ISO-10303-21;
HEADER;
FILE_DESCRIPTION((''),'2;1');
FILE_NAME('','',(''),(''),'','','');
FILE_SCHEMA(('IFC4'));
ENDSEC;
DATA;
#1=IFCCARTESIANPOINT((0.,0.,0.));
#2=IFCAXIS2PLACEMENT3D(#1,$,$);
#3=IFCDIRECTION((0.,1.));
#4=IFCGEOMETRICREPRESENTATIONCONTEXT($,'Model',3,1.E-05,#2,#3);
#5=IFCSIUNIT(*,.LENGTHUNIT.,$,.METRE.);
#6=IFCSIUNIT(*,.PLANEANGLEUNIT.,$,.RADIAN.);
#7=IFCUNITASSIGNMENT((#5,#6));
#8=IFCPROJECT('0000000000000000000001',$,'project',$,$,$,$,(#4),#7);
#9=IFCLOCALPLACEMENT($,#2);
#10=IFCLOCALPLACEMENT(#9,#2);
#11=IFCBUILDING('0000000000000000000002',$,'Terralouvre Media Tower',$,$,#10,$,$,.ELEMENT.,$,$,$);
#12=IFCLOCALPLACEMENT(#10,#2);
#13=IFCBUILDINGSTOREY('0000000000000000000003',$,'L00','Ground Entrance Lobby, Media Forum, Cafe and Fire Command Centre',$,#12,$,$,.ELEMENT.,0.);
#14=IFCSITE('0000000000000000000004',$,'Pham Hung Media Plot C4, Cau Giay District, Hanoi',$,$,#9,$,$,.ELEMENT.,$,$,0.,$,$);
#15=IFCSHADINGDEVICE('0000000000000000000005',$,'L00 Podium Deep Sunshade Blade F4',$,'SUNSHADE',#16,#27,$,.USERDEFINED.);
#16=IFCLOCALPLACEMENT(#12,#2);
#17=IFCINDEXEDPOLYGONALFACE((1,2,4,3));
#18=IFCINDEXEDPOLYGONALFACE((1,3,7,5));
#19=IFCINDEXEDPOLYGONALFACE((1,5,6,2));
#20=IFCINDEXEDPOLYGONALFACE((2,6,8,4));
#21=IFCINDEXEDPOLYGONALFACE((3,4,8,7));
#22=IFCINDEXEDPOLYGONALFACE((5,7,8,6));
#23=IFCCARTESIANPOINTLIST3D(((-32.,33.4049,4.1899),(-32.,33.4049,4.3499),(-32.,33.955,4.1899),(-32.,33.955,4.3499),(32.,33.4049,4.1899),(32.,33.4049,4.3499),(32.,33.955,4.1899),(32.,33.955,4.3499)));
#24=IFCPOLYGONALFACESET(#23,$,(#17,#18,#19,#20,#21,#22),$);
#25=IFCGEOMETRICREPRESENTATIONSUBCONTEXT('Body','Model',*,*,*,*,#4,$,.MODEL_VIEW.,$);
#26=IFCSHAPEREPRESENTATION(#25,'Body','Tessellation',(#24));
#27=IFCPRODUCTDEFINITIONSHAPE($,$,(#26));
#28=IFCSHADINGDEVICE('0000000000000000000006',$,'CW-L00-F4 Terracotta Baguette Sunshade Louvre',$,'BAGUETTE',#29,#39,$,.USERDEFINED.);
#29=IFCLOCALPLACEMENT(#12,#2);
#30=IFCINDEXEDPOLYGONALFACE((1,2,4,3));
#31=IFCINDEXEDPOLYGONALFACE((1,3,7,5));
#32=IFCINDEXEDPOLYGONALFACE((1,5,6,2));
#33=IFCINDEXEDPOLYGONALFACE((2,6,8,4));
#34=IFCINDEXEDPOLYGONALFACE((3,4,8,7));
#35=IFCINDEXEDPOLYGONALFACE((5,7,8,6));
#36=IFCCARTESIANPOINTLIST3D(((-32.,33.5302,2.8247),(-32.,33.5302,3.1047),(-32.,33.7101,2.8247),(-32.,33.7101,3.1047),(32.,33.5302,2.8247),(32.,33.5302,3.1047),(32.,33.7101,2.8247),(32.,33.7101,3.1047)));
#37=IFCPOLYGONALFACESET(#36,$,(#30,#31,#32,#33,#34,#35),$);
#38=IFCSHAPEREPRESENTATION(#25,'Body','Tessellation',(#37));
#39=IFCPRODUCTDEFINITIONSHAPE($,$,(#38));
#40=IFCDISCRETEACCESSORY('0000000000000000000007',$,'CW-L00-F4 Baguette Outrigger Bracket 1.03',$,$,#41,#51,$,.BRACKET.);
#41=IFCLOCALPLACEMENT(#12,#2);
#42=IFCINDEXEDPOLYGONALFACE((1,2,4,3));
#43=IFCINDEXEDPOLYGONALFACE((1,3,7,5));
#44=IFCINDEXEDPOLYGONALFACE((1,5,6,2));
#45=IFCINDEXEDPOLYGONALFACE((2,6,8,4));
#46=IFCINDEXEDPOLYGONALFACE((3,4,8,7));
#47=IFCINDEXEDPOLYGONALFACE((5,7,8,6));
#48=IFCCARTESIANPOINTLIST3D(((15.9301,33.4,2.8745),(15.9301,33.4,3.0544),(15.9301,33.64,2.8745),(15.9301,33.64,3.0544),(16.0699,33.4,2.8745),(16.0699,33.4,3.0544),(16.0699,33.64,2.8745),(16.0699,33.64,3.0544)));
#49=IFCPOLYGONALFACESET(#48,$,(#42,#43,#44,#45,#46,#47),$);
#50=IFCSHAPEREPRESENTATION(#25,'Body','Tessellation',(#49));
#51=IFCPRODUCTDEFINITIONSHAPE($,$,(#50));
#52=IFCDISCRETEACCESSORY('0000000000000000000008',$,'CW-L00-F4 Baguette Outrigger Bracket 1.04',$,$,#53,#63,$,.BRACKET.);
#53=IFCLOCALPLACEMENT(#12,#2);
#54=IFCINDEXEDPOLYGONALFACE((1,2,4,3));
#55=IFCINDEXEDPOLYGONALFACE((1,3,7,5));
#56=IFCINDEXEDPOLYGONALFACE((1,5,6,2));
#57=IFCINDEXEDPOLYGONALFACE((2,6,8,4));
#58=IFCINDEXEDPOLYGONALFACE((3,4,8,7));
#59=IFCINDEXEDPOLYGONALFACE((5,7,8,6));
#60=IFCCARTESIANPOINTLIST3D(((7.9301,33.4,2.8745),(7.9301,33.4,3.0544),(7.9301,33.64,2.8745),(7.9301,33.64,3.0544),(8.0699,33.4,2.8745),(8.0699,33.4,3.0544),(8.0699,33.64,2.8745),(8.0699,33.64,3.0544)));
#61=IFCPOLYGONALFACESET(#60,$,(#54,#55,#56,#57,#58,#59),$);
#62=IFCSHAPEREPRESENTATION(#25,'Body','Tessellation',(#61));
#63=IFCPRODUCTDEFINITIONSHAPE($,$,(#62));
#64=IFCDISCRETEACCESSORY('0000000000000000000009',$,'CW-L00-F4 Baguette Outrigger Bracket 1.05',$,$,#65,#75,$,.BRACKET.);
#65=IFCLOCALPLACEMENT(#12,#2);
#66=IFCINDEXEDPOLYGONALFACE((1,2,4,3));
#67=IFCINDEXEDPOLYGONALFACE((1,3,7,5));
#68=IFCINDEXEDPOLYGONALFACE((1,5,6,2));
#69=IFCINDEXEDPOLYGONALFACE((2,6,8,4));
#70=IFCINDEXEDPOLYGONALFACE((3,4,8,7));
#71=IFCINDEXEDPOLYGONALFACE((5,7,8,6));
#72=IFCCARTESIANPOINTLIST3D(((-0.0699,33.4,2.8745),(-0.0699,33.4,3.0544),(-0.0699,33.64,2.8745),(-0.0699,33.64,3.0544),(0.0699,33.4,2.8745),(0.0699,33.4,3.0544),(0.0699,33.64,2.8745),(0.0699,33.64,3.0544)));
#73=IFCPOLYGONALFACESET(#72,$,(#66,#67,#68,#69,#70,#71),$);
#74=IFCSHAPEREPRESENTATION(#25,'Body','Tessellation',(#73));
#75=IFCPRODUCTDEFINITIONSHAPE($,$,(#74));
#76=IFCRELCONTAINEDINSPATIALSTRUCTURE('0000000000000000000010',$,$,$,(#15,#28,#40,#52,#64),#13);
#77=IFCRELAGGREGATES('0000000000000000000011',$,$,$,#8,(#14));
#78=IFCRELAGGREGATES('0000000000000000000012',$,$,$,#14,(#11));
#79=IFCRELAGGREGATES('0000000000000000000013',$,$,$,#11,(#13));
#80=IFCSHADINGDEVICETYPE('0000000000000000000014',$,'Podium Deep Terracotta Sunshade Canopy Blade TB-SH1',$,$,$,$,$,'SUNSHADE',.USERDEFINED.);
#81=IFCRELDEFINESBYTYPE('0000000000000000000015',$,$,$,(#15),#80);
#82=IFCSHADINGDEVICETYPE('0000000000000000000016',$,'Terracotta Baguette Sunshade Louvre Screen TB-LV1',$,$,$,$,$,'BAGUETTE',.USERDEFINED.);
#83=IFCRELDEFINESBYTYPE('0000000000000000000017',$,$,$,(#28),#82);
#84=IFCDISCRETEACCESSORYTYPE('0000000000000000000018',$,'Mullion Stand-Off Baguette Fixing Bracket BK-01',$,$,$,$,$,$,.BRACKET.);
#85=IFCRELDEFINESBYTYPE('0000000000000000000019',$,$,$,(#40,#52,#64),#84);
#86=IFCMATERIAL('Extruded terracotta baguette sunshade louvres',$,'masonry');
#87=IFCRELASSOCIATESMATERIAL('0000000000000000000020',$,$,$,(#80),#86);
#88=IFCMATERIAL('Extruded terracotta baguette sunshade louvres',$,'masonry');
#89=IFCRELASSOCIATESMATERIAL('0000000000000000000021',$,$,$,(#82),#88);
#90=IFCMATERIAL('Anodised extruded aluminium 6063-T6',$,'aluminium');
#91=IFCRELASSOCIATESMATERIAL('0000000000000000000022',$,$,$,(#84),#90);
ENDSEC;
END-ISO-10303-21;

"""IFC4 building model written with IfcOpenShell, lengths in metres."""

from ifc_helpers import new_model, si_unit, direction, frame, origin, origin_2d, place, context, subcontext, project, spatial, rectangle, extrude, material, type_object, element, save


model = new_model("IFC4")

# Units and contexts
model_context = context("Model", 3, precision=1e-05, world=origin(), true_north=direction((0.0, 1.0)))
body_context = subcontext(model_context, "Body", "Model", "MODEL_VIEW")
ifc_project = project(units=[si_unit("LENGTHUNIT", "METRE"), si_unit("PLANEANGLEUNIT", "RADIAN")], contexts=[model_context])

# Site, building, storey
site_placement = place(None, origin())
site = spatial("IfcSite", under=ifc_project, at=site_placement, Name="Pham Hung Media Plot C4, Cau Giay District, Hanoi", CompositionType="ELEMENT", RefElevation=0.0)
building_placement = place(site_placement, origin())
building = spatial("IfcBuilding", under=site, at=building_placement, Name="Terralouvre Media Tower", CompositionType="ELEMENT")
storey_placement = place(building_placement, origin())
storey = spatial("IfcBuildingStorey", under=building, at=storey_placement, Name="L00", Description="Ground Entrance Lobby, Media Forum, Cafe and Fire Command Centre", CompositionType="ELEMENT", Elevation=0.0)

# Shading devices
ifc_material_1 = material(Name="Extruded terracotta baguette sunshade louvres", Category="masonry")
shading_device_type_1 = type_object("IfcShadingDeviceType", Name="Podium Deep Terracotta Sunshade Canopy Blade TB-SH1", ElementType="SUNSHADE", PredefinedType="USERDEFINED", material=ifc_material_1)
shading_device_1_placement = place(storey_placement, frame((0.0, 33.6799, 4.1899), z_axis=(0.0, 0.0, 1.0), x_axis=(-1.0, 0.0, 0.0)))
element("IfcShadingDevice", 1, at=shading_device_1_placement, inside=storey, type_object=shading_device_type_1, Name="L00 Podium Deep Sunshade Blade F4", ObjectType="SUNSHADE", PredefinedType="USERDEFINED", context=body_context, shape_type="SweptSolid", body=[
    extrude(rectangle(XDim=64.0, YDim=0.55, at=origin_2d()), origin(), (0.0, 0.0, 1.0), 0.1599),
])
ifc_material_2 = material(Name="Extruded terracotta baguette sunshade louvres", Category="masonry")
shading_device_type_2 = type_object("IfcShadingDeviceType", Name="Terracotta Baguette Sunshade Louvre Screen TB-LV1", ElementType="BAGUETTE", PredefinedType="USERDEFINED", material=ifc_material_2)
shading_device_2_placement = place(storey_placement, frame((0.0, 33.6201, 2.8247), z_axis=(0.0, 0.0, 1.0), x_axis=(-1.0, 0.0, 0.0)))
element("IfcShadingDevice", 2, at=shading_device_2_placement, inside=storey, type_object=shading_device_type_2, Name="CW-L00-F4 Terracotta Baguette Sunshade Louvre", ObjectType="BAGUETTE", PredefinedType="USERDEFINED", context=body_context, shape_type="SweptSolid", body=[
    extrude(rectangle(XDim=64.0, YDim=0.1799, at=origin_2d()), origin(), (0.0, 0.0, 1.0), 0.28),
])

# Discrete accessories
ifc_material_3 = material(Name="Anodised extruded aluminium 6063-T6", Category="aluminium")
discrete_accessory_type = type_object("IfcDiscreteAccessoryType", Name="Mullion Stand-Off Baguette Fixing Bracket BK-01", PredefinedType="BRACKET", material=ifc_material_3)
for number, where, z_axis, x_axis, name in (
    (3, (16.0, 33.52, 2.8745), (0.0, 0.0, 1.0), (-1.0, 0.0, 0.0), "CW-L00-F4 Baguette Outrigger Bracket 1.03"),
    (4, (8.0, 33.52, 2.8745), (0.0, 0.0, 1.0), (-1.0, 0.0, 0.0), "CW-L00-F4 Baguette Outrigger Bracket 1.04"),
    (5, (0.0, 33.52, 2.8745), (0.0, 0.0, 1.0), (-1.0, 0.0, 0.0), "CW-L00-F4 Baguette Outrigger Bracket 1.05"),
):
    element("IfcDiscreteAccessory", number, at=place(storey_placement, frame(where, z_axis=z_axis, x_axis=x_axis)), inside=storey, type_object=discrete_accessory_type, Name=name, PredefinedType="BRACKET", context=body_context, shape_type="SweptSolid", body=[
        extrude(rectangle(XDim=0.1399, YDim=0.24, at=origin_2d()), origin(), (0.0, 0.0, 1.0), 0.1799),
    ])

save(model, "model.ifc")
